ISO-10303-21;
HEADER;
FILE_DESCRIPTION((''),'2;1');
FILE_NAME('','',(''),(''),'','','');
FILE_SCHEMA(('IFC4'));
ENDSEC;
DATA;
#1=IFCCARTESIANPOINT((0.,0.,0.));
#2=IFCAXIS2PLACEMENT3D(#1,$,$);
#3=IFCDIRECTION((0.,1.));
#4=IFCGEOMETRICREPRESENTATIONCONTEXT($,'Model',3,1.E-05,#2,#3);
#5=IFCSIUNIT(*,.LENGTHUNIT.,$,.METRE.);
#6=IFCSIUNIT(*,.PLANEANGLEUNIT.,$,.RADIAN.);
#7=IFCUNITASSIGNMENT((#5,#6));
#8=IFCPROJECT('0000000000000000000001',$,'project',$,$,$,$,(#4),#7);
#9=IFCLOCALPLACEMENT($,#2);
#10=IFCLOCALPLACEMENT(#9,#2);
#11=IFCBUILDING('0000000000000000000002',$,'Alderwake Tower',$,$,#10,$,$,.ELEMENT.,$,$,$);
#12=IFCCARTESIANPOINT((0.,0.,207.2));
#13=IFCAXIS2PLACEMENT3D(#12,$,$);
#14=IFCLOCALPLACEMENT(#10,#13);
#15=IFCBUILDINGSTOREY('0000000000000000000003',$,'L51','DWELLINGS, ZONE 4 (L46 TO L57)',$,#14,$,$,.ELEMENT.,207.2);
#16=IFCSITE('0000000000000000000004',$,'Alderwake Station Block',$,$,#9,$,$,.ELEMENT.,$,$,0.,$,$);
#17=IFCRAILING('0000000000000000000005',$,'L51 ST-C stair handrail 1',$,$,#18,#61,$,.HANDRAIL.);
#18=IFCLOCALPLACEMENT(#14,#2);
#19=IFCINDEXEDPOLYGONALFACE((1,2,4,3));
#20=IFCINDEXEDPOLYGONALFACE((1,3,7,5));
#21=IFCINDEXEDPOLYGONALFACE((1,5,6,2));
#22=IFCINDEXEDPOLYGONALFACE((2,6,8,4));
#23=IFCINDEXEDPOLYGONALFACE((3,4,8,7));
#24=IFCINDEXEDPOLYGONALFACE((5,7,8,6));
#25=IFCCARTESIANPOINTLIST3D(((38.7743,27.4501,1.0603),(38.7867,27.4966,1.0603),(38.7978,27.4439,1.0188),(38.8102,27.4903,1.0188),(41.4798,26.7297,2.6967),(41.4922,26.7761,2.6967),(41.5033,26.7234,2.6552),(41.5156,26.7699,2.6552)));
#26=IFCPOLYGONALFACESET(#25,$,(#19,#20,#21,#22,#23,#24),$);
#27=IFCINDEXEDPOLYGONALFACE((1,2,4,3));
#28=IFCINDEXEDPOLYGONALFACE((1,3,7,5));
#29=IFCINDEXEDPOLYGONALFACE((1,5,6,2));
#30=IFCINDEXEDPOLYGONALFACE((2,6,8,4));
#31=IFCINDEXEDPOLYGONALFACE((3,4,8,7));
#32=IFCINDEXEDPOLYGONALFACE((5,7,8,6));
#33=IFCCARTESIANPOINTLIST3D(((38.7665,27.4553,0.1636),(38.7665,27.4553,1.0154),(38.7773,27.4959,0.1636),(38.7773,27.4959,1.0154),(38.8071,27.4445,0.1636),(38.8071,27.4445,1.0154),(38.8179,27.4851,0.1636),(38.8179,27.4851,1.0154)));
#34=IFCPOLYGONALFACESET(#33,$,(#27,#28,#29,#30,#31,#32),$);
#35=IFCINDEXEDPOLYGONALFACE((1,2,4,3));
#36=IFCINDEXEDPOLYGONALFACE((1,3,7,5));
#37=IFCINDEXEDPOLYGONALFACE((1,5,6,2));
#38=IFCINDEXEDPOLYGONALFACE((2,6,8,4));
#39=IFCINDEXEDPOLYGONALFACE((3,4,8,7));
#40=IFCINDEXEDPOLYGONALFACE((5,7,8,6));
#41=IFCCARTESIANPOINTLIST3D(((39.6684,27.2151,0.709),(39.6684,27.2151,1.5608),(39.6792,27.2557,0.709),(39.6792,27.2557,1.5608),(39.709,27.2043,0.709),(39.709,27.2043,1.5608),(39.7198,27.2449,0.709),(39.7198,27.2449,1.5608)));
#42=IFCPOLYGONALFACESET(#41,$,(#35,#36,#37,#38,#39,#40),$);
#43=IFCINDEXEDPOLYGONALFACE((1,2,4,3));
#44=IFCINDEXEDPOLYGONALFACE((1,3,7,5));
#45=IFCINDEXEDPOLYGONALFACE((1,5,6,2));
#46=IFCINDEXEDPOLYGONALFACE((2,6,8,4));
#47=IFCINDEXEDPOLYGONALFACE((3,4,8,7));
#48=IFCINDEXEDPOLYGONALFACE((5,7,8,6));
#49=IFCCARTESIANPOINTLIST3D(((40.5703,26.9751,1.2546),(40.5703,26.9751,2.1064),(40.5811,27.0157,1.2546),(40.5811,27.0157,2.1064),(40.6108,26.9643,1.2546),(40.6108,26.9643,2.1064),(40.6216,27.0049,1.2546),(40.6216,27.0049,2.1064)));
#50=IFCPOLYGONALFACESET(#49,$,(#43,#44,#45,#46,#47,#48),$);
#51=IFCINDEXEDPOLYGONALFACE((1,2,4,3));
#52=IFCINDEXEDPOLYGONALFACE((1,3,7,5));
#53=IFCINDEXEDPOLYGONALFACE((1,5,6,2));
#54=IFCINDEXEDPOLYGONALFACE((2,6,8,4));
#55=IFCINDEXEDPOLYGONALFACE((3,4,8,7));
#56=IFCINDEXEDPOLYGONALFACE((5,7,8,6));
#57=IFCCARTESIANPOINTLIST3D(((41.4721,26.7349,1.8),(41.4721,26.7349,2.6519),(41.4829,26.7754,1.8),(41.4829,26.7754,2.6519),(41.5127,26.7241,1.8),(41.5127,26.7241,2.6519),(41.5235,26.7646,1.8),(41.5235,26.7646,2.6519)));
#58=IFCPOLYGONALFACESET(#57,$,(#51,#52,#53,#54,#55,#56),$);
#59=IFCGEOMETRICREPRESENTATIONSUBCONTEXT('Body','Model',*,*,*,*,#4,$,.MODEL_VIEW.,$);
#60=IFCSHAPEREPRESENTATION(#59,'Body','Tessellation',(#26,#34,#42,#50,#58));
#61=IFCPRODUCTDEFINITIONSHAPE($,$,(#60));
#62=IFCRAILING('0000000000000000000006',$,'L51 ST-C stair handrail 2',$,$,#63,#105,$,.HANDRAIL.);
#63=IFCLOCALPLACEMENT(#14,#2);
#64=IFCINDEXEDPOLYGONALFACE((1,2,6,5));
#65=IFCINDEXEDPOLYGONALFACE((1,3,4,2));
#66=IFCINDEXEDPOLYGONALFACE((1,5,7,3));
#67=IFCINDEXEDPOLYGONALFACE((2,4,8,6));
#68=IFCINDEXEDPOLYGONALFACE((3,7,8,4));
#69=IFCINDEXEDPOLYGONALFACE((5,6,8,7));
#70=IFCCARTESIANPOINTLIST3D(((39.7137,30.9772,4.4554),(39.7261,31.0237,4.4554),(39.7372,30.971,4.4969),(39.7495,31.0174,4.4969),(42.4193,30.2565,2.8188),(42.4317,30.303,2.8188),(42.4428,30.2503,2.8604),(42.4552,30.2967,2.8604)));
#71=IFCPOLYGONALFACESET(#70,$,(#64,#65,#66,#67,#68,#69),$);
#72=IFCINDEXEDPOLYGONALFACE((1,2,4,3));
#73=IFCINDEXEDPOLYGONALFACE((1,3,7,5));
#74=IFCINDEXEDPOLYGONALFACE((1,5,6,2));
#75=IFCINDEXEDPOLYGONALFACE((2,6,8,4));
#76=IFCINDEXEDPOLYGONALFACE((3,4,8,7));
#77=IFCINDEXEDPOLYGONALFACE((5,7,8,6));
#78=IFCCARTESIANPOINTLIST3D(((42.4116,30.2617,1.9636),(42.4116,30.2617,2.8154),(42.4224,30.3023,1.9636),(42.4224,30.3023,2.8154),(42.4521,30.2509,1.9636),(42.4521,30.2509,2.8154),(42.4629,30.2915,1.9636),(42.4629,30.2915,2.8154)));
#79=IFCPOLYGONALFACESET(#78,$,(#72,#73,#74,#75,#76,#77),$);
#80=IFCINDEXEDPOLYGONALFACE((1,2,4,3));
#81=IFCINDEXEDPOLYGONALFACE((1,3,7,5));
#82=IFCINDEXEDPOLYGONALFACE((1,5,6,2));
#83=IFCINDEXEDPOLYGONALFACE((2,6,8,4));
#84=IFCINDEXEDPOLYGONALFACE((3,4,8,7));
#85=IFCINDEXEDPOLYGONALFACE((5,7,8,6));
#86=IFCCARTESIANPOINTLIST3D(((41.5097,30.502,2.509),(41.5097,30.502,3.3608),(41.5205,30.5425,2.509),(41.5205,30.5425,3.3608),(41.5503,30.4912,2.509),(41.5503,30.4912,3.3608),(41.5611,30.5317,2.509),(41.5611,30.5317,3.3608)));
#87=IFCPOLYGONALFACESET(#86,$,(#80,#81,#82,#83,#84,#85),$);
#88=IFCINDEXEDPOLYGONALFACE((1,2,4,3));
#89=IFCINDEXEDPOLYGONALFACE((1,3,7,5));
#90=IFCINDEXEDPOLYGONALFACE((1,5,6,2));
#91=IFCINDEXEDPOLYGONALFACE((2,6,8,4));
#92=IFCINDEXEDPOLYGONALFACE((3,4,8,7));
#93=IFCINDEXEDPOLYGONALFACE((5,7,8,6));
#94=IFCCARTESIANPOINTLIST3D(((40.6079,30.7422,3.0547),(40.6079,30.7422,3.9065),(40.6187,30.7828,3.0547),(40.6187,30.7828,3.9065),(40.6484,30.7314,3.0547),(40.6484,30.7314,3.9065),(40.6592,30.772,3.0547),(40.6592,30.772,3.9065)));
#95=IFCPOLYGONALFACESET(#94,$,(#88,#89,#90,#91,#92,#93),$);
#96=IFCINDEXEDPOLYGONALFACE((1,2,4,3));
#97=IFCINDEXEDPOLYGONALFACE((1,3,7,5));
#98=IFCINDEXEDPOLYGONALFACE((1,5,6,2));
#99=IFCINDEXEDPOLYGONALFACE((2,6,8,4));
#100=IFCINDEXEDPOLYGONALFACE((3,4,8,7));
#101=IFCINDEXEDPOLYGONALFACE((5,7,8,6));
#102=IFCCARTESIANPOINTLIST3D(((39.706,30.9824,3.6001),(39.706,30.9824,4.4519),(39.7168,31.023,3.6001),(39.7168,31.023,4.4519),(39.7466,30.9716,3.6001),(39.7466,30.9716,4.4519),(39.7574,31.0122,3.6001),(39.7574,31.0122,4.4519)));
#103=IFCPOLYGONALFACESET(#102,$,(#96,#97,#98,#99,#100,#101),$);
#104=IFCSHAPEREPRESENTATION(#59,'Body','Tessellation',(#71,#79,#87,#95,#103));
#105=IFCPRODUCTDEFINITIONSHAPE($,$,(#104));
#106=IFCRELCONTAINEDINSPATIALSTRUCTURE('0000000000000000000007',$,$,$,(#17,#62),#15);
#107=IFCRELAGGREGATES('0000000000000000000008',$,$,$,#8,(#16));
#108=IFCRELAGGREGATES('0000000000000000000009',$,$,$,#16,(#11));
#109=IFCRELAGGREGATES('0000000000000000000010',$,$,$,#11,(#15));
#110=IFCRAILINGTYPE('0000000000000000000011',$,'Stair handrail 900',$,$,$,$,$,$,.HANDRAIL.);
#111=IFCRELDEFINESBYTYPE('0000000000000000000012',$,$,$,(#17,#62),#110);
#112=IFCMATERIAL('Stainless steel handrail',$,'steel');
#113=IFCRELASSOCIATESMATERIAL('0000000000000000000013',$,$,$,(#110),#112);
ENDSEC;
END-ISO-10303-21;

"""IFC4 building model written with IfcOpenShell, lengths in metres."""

from ifc_helpers import new_model, si_unit, direction, frame, origin, origin_2d, place, context, subcontext, project, spatial, rectangle, extrude, material, type_object, element, save


model = new_model("IFC4")

# Units and contexts
model_context = context("Model", 3, precision=1e-05, world=origin(), true_north=direction((0.0, 1.0)))
body_context = subcontext(model_context, "Body", "Model", "MODEL_VIEW")
ifc_project = project(units=[si_unit("LENGTHUNIT", "METRE"), si_unit("PLANEANGLEUNIT", "RADIAN")], contexts=[model_context])

# Site, building, storey
site_placement = place(None, origin())
site = spatial("IfcSite", under=ifc_project, at=site_placement, Name="Alderwake Station Block", CompositionType="ELEMENT", RefElevation=0.0)
building_placement = place(site_placement, origin())
building = spatial("IfcBuilding", under=site, at=building_placement, Name="Alderwake Tower", CompositionType="ELEMENT")
storey_placement = place(building_placement, frame((0.0, 0.0, 207.2)))
storey = spatial("IfcBuildingStorey", under=building, at=storey_placement, Name="L51", Description="DWELLINGS, ZONE 4 (L46 TO L57)", CompositionType="ELEMENT", Elevation=207.2)

# Railings
ifc_material_1 = material(Name="Stainless steel handrail", Category="steel")
railing_type_1 = type_object("IfcRailingType", Name="Stair handrail 900", PredefinedType="HANDRAIL", material=ifc_material_1)
railing_1_placement = place(storey_placement, frame((38.7922, 27.4702, 0.1636)))
element("IfcRailing", 1, at=railing_1_placement, inside=storey, type_object=railing_type_1, Name="L51 ST-C stair handrail 1", PredefinedType="HANDRAIL", context=body_context, shape_type="SweptSolid", body=[
    extrude(rectangle(XDim=0.0481, YDim=0.0481, at=origin_2d()), frame((0.0, 0.0, 0.876), z_axis=(0.834273, -0.222157, 0.504614), x_axis=(0.257321, 0.966326, 0.0)), (0.0, 0.0, 1.0), 3.2429),
    extrude(rectangle(XDim=0.042, YDim=0.042, at=origin_2d()), frame((0.0, 0.0, 0.0), z_axis=(0.0, 0.0, 1.0), x_axis=(0.966326, -0.257321, 0.0)), (0.0, 0.0, 1.0), 0.8518),
    extrude(rectangle(XDim=0.042, YDim=0.042, at=origin_2d()), frame((0.9019, -0.2402, 0.5454), z_axis=(0.0, 0.0, 1.0), x_axis=(0.966326, -0.257321, 0.0)), (0.0, 0.0, 1.0), 0.8518),
    extrude(rectangle(XDim=0.042, YDim=0.042, at=origin_2d()), frame((1.8037, -0.4802, 1.0911), z_axis=(0.0, 0.0, 1.0), x_axis=(0.966326, -0.257321, 0.0)), (0.0, 0.0, 1.0), 0.8518),
    extrude(rectangle(XDim=0.042, YDim=0.042, at=origin_2d()), frame((2.7056, -0.7205, 1.6365), z_axis=(0.0, 0.0, 1.0), x_axis=(0.966326, -0.257321, 0.0)), (0.0, 0.0, 1.0), 0.8518),
])
railing_2_placement = place(storey_placement, frame((42.4373, 30.2766, 1.9636)))
element("IfcRailing", 2, at=railing_2_placement, inside=storey, type_object=railing_type_1, Name="L51 ST-C stair handrail 2", PredefinedType="HANDRAIL", context=body_context, shape_type="SweptSolid", body=[
    extrude(rectangle(XDim=0.0481, YDim=0.0481, at=origin_2d()), frame((0.0, 0.0, 0.876), z_axis=(-0.834259, 0.222228, 0.504605), x_axis=(-0.257402, -0.966304, 0.0)), (0.0, 0.0, 1.0), 3.2432),
    extrude(rectangle(XDim=0.042, YDim=0.042, at=origin_2d()), frame((0.0, 0.0, 0.0), z_axis=(0.0, 0.0, 1.0), x_axis=(-0.966304, 0.257402, 0.0)), (0.0, 0.0, 1.0), 0.8518),
    extrude(rectangle(XDim=0.042, YDim=0.042, at=origin_2d()), frame((-0.9019, 0.2402, 0.5454), z_axis=(0.0, 0.0, 1.0), x_axis=(-0.966304, 0.257402, 0.0)), (0.0, 0.0, 1.0), 0.8518),
    extrude(rectangle(XDim=0.042, YDim=0.042, at=origin_2d()), frame((-1.8037, 0.4805, 1.0911), z_axis=(0.0, 0.0, 1.0), x_axis=(-0.966304, 0.257402, 0.0)), (0.0, 0.0, 1.0), 0.8518),
    extrude(rectangle(XDim=0.042, YDim=0.042, at=origin_2d()), frame((-2.7056, 0.7207, 1.6365), z_axis=(0.0, 0.0, 1.0), x_axis=(-0.966304, 0.257402, 0.0)), (0.0, 0.0, 1.0), 0.8518),
])

save(model, "model.ifc")
